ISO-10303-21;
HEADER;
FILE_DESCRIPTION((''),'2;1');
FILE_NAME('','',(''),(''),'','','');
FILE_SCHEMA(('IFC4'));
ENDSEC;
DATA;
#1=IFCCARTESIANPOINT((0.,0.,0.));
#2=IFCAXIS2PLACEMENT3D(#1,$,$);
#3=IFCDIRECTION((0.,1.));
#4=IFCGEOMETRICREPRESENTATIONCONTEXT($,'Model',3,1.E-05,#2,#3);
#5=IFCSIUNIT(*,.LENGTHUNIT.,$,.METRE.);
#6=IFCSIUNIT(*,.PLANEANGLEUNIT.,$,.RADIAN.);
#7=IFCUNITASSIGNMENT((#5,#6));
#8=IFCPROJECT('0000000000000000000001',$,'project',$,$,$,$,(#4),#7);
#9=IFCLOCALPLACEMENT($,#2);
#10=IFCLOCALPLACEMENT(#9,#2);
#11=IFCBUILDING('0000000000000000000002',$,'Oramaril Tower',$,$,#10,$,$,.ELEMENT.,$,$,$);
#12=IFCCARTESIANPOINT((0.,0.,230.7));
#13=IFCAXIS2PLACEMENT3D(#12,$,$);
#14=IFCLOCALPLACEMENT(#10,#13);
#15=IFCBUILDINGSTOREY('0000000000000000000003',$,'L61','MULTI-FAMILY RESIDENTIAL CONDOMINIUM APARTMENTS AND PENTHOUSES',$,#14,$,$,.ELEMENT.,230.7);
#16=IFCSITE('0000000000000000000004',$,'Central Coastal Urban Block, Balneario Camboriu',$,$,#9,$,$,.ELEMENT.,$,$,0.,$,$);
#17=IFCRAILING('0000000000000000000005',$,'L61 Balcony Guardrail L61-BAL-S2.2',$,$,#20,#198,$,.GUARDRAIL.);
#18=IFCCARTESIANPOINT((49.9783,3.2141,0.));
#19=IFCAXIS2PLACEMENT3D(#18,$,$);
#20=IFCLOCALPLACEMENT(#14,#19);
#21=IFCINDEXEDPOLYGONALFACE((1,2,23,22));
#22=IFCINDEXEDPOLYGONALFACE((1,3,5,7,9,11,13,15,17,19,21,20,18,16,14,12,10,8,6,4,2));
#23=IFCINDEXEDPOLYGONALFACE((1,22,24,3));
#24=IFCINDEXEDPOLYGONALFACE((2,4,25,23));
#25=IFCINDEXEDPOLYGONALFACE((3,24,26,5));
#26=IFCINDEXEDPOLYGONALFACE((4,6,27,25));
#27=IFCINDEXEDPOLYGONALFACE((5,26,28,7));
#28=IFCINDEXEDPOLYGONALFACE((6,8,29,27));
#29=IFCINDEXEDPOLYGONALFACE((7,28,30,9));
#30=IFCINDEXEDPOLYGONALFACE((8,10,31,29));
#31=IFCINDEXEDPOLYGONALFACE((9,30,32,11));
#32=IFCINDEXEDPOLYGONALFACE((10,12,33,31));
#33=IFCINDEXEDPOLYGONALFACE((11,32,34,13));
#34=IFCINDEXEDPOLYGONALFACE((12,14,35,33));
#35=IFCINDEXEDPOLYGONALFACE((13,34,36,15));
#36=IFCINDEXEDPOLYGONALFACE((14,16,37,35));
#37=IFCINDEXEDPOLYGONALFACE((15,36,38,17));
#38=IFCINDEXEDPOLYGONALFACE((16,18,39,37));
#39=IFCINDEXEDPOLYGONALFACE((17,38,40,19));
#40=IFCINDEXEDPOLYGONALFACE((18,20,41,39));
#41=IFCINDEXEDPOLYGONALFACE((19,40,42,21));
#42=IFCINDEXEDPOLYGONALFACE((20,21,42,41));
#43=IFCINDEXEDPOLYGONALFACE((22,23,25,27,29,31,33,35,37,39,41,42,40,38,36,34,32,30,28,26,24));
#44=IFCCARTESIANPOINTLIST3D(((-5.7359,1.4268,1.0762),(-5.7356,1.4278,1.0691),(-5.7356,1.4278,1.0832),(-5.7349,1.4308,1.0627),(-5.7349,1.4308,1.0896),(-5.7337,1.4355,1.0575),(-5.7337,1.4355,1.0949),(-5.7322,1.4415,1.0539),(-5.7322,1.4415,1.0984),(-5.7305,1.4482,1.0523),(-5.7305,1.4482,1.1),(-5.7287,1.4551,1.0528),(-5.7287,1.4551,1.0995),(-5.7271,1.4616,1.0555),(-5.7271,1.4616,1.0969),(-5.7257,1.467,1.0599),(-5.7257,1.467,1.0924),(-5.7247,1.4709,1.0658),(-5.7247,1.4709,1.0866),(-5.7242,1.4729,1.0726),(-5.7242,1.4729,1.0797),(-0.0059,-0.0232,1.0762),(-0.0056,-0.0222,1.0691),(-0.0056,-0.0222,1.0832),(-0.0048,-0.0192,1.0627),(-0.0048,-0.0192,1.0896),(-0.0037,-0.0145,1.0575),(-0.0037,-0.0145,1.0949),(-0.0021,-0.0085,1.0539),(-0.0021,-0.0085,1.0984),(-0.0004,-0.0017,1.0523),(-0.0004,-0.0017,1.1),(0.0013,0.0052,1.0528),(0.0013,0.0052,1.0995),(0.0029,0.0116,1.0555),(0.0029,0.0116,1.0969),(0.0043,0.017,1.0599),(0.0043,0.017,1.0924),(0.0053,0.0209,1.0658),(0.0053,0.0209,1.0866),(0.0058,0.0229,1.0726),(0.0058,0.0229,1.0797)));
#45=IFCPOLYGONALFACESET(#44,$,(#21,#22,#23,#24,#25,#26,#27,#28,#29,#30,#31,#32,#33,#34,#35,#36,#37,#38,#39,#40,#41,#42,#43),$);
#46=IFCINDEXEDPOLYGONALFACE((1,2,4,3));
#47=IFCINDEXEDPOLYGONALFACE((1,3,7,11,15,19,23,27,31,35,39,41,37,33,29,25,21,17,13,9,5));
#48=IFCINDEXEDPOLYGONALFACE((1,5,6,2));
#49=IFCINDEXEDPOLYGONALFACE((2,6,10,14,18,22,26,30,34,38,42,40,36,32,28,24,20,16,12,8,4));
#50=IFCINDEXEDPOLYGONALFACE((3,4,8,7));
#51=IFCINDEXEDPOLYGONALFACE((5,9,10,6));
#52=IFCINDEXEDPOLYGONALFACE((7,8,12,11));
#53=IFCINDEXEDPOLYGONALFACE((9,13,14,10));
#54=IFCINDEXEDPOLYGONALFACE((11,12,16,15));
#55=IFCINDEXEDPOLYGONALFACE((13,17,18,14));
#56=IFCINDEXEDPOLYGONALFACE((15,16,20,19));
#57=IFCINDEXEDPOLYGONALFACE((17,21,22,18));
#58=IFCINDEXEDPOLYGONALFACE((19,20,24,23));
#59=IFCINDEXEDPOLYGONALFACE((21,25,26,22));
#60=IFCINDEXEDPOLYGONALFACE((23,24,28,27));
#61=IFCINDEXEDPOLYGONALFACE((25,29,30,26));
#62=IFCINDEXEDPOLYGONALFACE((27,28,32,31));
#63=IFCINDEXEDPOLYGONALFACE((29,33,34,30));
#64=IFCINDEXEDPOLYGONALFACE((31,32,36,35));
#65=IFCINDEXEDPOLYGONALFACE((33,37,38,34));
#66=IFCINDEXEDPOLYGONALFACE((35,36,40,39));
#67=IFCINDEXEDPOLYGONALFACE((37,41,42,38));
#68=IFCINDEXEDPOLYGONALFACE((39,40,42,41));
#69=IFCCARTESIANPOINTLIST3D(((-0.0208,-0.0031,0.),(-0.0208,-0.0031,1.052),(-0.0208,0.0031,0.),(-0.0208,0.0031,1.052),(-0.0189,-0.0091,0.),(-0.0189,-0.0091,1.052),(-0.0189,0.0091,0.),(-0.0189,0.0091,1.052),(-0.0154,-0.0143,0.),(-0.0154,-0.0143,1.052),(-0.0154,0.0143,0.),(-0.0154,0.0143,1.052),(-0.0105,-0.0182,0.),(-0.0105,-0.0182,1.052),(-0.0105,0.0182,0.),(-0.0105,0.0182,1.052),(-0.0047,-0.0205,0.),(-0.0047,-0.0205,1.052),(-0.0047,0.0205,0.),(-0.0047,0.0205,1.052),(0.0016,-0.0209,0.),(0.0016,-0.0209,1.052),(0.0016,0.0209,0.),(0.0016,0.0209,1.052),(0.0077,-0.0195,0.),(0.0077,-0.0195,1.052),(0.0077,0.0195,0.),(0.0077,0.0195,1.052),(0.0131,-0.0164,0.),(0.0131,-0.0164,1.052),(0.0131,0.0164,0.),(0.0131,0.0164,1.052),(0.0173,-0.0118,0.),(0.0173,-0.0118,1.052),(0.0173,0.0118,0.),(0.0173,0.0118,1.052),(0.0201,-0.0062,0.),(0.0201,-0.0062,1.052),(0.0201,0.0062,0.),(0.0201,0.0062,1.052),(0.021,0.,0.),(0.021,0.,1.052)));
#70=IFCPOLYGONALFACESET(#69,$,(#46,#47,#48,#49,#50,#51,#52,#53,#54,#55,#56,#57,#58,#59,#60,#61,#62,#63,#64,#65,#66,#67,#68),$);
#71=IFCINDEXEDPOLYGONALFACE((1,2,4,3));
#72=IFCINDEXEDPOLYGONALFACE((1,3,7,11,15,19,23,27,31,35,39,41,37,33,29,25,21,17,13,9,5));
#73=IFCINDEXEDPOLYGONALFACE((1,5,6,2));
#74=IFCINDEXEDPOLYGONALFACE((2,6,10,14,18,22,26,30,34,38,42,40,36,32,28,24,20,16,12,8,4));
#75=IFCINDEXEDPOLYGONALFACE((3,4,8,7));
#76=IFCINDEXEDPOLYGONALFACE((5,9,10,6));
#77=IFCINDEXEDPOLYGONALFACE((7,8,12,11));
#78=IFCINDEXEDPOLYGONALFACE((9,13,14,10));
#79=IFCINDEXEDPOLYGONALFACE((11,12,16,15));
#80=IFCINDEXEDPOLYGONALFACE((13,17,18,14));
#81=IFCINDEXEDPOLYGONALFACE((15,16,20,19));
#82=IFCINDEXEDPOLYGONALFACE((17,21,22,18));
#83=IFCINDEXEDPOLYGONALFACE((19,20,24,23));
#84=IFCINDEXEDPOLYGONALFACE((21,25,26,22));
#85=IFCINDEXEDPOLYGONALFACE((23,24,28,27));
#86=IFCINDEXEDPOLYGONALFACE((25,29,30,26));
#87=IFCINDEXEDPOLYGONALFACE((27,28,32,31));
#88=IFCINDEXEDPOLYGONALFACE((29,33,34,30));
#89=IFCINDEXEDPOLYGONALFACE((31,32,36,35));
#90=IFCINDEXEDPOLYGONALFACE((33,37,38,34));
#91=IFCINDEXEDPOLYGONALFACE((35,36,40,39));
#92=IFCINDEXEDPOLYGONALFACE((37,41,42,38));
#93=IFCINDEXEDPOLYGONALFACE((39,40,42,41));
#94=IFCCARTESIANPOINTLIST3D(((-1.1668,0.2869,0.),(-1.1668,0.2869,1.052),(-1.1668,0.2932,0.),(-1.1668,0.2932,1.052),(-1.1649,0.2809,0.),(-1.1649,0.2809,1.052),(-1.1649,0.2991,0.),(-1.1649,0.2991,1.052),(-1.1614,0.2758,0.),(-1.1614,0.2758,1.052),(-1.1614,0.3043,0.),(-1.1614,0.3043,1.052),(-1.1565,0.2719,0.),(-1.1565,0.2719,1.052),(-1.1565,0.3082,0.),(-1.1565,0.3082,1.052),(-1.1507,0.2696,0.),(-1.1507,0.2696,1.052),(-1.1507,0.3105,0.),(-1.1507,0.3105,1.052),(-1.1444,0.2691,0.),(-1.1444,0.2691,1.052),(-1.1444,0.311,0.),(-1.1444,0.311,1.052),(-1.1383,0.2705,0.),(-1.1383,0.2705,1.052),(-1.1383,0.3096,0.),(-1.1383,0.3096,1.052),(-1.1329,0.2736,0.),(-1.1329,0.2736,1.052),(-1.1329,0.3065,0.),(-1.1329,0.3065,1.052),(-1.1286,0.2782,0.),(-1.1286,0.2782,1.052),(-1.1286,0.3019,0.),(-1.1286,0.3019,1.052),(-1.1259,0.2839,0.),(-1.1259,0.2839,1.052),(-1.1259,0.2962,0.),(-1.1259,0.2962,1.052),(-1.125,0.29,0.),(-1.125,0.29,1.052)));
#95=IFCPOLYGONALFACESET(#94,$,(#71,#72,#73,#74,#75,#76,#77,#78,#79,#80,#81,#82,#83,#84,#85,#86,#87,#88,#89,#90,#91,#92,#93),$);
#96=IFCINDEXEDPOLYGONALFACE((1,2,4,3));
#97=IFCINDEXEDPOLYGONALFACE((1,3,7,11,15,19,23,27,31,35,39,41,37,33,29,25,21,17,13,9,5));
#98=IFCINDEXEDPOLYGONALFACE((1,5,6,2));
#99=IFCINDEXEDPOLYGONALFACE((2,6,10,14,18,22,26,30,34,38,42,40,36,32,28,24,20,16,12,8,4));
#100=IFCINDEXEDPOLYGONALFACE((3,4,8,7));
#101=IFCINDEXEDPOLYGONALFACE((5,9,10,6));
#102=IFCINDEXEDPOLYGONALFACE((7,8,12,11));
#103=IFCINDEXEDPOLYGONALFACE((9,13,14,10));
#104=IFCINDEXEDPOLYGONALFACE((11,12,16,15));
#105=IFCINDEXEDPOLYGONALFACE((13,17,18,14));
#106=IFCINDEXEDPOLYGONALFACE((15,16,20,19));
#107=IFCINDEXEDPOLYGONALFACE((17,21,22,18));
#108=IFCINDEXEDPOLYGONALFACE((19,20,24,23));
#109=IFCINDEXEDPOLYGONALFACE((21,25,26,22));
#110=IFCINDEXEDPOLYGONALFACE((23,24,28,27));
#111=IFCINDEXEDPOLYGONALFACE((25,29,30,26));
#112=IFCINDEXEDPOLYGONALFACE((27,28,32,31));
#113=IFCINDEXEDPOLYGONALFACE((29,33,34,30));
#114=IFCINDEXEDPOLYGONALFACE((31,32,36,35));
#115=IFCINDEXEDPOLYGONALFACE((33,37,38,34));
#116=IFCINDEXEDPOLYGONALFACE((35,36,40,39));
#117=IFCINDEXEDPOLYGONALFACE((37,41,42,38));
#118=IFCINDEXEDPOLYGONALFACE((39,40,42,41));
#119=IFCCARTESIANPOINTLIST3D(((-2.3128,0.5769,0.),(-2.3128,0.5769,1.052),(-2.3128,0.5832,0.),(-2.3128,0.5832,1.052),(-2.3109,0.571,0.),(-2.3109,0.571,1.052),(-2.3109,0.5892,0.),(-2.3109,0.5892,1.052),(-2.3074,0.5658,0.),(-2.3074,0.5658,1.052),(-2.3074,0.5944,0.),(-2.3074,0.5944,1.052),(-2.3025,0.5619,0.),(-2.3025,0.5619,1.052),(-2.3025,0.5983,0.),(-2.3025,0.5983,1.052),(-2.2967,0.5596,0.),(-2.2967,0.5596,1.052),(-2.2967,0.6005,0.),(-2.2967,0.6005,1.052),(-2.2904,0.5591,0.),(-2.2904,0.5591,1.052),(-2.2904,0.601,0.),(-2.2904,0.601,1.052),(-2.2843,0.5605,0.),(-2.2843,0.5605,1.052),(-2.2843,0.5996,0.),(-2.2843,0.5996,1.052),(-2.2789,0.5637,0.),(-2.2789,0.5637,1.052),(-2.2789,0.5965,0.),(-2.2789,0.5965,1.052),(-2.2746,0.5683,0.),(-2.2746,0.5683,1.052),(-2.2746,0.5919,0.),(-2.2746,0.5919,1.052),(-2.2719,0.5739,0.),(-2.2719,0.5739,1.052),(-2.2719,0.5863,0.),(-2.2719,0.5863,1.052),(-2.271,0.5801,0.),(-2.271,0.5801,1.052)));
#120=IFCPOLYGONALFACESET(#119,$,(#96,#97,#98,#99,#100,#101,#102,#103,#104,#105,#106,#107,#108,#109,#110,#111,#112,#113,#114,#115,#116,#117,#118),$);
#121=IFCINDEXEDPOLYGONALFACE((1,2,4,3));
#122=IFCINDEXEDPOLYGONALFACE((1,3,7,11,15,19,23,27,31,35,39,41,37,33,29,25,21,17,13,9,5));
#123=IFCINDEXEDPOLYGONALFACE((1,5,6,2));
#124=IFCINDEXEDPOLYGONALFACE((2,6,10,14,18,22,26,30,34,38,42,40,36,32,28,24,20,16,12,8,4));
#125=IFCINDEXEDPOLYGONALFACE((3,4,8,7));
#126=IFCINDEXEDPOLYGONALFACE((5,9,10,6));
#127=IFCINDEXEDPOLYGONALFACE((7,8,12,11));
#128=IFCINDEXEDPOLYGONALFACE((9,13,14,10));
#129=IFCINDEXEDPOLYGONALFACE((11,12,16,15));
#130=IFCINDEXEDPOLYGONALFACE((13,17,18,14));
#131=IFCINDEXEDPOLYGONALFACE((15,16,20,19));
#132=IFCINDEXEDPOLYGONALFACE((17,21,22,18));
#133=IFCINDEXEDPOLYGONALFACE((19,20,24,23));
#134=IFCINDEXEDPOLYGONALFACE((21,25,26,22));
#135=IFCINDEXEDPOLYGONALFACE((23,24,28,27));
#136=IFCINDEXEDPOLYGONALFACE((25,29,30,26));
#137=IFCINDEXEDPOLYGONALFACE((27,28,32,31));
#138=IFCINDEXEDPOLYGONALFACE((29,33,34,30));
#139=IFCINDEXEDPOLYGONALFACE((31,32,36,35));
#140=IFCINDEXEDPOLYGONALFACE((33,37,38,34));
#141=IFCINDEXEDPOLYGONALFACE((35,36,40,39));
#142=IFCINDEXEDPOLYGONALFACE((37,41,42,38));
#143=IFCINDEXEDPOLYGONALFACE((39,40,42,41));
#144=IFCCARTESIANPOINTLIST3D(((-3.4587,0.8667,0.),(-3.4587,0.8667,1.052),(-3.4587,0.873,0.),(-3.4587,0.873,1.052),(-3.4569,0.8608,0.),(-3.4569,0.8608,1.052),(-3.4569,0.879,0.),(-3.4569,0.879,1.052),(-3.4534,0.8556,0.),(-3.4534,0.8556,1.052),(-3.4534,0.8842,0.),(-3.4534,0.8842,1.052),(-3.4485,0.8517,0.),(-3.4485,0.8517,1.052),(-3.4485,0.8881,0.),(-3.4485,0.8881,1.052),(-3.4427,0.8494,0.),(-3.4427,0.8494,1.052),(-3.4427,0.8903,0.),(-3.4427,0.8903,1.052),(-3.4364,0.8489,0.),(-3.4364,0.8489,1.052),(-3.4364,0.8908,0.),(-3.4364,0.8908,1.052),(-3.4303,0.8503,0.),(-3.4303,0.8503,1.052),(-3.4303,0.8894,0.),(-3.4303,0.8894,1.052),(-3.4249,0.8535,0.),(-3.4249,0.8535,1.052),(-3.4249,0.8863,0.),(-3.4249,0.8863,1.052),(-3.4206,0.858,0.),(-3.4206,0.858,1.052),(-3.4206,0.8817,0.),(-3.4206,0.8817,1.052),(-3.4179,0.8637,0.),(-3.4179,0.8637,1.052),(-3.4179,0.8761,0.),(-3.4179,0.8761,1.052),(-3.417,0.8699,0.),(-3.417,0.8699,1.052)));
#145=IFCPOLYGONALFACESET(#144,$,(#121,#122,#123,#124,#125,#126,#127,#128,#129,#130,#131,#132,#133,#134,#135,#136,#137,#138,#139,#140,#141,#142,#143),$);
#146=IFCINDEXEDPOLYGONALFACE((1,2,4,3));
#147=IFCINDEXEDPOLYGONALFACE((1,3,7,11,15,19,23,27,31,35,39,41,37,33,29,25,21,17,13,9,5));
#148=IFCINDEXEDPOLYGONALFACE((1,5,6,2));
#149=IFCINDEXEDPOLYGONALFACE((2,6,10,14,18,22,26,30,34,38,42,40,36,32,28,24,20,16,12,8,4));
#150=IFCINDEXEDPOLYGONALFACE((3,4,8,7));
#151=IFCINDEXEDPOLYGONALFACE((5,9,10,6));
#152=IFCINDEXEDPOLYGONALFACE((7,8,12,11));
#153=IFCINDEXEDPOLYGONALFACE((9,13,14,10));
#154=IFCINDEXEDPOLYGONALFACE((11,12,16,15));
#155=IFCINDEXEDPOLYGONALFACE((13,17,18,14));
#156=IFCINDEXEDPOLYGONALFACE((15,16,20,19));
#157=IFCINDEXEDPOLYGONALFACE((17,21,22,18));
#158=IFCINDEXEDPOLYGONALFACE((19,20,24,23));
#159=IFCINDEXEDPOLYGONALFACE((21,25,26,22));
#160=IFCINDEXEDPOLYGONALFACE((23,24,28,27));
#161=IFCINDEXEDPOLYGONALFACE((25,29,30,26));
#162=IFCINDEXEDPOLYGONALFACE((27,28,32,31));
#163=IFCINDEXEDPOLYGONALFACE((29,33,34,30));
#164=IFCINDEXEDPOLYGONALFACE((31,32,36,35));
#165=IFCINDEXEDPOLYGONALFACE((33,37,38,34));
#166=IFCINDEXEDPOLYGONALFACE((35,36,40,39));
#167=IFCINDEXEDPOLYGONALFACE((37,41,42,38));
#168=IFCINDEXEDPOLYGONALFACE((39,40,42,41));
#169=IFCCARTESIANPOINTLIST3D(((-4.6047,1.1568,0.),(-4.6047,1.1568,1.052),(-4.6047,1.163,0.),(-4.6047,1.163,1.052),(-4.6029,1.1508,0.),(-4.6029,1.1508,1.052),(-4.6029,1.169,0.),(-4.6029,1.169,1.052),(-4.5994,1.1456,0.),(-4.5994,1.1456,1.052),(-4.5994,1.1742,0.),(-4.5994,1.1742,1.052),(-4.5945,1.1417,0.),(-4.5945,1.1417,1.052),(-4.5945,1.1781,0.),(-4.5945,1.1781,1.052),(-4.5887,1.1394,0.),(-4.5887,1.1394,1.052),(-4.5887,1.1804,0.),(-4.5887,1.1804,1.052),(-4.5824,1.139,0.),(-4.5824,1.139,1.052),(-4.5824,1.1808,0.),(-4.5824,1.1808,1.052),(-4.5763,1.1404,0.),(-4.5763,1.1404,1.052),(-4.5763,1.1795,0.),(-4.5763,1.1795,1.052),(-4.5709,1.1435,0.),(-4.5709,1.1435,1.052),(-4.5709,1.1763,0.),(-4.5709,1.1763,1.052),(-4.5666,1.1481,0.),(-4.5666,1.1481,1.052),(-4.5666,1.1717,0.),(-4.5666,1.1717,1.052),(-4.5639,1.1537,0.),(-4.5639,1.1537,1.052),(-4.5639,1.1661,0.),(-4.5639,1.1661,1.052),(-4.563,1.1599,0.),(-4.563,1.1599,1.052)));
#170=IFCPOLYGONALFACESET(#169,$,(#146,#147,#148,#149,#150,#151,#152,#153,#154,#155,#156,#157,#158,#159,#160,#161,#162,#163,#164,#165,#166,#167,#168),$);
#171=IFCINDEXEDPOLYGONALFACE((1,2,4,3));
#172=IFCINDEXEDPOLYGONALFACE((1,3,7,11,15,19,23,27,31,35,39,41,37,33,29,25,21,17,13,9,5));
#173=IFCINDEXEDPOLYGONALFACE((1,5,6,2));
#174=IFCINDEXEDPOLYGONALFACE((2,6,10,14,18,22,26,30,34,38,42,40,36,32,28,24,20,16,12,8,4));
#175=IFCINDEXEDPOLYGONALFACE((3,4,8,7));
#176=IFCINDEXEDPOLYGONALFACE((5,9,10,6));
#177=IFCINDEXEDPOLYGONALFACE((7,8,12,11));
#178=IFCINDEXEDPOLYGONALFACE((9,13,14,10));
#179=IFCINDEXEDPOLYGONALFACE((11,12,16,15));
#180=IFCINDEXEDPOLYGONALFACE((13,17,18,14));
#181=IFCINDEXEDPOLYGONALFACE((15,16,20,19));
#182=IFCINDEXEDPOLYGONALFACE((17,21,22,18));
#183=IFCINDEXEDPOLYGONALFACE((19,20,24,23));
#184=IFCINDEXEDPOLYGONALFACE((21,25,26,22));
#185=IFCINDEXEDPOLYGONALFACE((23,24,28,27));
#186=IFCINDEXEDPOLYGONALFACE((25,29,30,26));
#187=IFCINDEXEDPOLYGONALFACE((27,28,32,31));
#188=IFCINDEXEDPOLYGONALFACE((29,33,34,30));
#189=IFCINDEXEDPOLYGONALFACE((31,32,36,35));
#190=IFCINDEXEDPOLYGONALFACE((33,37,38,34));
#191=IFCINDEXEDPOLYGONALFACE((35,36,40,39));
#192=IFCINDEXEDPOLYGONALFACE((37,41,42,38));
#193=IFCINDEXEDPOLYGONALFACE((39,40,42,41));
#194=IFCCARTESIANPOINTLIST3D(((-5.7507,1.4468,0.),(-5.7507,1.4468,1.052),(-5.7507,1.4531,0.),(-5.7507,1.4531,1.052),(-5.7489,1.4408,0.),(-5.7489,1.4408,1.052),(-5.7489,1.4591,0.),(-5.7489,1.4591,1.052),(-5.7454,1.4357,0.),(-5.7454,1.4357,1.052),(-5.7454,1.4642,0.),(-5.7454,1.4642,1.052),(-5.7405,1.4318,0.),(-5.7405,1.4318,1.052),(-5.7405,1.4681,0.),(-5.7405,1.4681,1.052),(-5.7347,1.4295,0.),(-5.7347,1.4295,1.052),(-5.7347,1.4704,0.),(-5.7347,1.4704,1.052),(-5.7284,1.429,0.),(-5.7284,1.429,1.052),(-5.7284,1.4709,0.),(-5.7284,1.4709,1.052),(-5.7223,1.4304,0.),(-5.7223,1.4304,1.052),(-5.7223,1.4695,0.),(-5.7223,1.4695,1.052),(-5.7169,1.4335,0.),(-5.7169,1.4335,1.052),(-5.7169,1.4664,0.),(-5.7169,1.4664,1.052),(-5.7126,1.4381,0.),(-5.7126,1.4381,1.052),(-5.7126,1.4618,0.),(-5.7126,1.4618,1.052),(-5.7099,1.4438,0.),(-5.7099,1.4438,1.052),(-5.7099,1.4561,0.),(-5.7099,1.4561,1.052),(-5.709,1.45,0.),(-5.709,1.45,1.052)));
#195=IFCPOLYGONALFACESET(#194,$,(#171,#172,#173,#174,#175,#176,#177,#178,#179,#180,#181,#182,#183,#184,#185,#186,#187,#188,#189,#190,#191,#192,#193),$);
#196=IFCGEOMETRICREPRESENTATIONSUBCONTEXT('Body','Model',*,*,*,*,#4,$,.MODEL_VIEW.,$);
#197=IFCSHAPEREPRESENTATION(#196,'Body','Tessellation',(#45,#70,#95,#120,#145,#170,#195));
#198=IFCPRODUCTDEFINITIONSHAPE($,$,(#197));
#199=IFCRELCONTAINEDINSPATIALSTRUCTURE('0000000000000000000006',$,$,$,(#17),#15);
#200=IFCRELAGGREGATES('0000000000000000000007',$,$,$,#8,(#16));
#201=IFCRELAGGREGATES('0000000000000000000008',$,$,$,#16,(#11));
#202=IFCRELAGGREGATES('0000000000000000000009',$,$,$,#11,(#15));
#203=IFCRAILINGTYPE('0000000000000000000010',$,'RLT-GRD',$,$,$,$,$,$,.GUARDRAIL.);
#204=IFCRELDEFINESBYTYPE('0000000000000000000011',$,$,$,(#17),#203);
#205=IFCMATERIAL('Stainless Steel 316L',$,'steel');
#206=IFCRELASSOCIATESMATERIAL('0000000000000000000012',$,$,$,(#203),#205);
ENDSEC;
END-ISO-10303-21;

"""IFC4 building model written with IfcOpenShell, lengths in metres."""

from ifc_helpers import new_model, si_unit, direction, frame, origin, origin_2d, place, context, subcontext, project, spatial, circle, extrude, material, type_object, element, save


model = new_model("IFC4")

# Units and contexts
model_context = context("Model", 3, precision=1e-05, world=origin(), true_north=direction((0.0, 1.0)))
body_context = subcontext(model_context, "Body", "Model", "MODEL_VIEW")
ifc_project = project(units=[si_unit("LENGTHUNIT", "METRE"), si_unit("PLANEANGLEUNIT", "RADIAN")], contexts=[model_context])

# Site, building, storey
site_placement = place(None, origin())
site = spatial("IfcSite", under=ifc_project, at=site_placement, Name="Central Coastal Urban Block, Balneario Camboriu", CompositionType="ELEMENT", RefElevation=0.0)
building_placement = place(site_placement, origin())
building = spatial("IfcBuilding", under=site, at=building_placement, Name="Oramaril Tower", CompositionType="ELEMENT")
storey_placement = place(building_placement, frame((0.0, 0.0, 230.7)))
storey = spatial("IfcBuildingStorey", under=building, at=storey_placement, Name="L61", Description="MULTI-FAMILY RESIDENTIAL CONDOMINIUM APARTMENTS AND PENTHOUSES", CompositionType="ELEMENT", Elevation=230.7)

# Railing
ifc_material_1 = material(Name="Stainless Steel 316L", Category="steel")
railing_type = type_object("IfcRailingType", Name="RLT-GRD", PredefinedType="GUARDRAIL", material=ifc_material_1)
railing_1_placement = place(storey_placement, frame((49.9783, 3.2141, 0.0)))
element("IfcRailing", 1, at=railing_1_placement, inside=storey, type_object=railing_type, Name="L61 Balcony Guardrail L61-BAL-S2.2", PredefinedType="GUARDRAIL", context=body_context, shape_type="SweptSolid", body=[
    extrude(circle(Radius=0.0239, at=origin_2d()), frame((0.0, 0.0, 1.0762), z_axis=(-0.969444, 0.245314, 0.0), x_axis=(-0.245314, -0.969444, 0.0)), (0.0, 0.0, 1.0), 5.9106),
    extrude(circle(Radius=0.021, at=origin_2d()), origin(), (0.0, 0.0, 1.0), 1.052),
    extrude(circle(Radius=0.021, at=origin_2d()), frame((-1.146, 0.29, 0.0)), (0.0, 0.0, 1.0), 1.052),
    extrude(circle(Radius=0.021, at=origin_2d()), frame((-2.292, 0.5801, 0.0)), (0.0, 0.0, 1.0), 1.052),
    extrude(circle(Radius=0.021, at=origin_2d()), frame((-3.438, 0.8699, 0.0)), (0.0, 0.0, 1.0), 1.052),
    extrude(circle(Radius=0.021, at=origin_2d()), frame((-4.584, 1.1599, 0.0)), (0.0, 0.0, 1.0), 1.052),
    extrude(circle(Radius=0.021, at=origin_2d()), frame((-5.73, 1.45, 0.0)), (0.0, 0.0, 1.0), 1.052),
])

save(model, "model.ifc")
